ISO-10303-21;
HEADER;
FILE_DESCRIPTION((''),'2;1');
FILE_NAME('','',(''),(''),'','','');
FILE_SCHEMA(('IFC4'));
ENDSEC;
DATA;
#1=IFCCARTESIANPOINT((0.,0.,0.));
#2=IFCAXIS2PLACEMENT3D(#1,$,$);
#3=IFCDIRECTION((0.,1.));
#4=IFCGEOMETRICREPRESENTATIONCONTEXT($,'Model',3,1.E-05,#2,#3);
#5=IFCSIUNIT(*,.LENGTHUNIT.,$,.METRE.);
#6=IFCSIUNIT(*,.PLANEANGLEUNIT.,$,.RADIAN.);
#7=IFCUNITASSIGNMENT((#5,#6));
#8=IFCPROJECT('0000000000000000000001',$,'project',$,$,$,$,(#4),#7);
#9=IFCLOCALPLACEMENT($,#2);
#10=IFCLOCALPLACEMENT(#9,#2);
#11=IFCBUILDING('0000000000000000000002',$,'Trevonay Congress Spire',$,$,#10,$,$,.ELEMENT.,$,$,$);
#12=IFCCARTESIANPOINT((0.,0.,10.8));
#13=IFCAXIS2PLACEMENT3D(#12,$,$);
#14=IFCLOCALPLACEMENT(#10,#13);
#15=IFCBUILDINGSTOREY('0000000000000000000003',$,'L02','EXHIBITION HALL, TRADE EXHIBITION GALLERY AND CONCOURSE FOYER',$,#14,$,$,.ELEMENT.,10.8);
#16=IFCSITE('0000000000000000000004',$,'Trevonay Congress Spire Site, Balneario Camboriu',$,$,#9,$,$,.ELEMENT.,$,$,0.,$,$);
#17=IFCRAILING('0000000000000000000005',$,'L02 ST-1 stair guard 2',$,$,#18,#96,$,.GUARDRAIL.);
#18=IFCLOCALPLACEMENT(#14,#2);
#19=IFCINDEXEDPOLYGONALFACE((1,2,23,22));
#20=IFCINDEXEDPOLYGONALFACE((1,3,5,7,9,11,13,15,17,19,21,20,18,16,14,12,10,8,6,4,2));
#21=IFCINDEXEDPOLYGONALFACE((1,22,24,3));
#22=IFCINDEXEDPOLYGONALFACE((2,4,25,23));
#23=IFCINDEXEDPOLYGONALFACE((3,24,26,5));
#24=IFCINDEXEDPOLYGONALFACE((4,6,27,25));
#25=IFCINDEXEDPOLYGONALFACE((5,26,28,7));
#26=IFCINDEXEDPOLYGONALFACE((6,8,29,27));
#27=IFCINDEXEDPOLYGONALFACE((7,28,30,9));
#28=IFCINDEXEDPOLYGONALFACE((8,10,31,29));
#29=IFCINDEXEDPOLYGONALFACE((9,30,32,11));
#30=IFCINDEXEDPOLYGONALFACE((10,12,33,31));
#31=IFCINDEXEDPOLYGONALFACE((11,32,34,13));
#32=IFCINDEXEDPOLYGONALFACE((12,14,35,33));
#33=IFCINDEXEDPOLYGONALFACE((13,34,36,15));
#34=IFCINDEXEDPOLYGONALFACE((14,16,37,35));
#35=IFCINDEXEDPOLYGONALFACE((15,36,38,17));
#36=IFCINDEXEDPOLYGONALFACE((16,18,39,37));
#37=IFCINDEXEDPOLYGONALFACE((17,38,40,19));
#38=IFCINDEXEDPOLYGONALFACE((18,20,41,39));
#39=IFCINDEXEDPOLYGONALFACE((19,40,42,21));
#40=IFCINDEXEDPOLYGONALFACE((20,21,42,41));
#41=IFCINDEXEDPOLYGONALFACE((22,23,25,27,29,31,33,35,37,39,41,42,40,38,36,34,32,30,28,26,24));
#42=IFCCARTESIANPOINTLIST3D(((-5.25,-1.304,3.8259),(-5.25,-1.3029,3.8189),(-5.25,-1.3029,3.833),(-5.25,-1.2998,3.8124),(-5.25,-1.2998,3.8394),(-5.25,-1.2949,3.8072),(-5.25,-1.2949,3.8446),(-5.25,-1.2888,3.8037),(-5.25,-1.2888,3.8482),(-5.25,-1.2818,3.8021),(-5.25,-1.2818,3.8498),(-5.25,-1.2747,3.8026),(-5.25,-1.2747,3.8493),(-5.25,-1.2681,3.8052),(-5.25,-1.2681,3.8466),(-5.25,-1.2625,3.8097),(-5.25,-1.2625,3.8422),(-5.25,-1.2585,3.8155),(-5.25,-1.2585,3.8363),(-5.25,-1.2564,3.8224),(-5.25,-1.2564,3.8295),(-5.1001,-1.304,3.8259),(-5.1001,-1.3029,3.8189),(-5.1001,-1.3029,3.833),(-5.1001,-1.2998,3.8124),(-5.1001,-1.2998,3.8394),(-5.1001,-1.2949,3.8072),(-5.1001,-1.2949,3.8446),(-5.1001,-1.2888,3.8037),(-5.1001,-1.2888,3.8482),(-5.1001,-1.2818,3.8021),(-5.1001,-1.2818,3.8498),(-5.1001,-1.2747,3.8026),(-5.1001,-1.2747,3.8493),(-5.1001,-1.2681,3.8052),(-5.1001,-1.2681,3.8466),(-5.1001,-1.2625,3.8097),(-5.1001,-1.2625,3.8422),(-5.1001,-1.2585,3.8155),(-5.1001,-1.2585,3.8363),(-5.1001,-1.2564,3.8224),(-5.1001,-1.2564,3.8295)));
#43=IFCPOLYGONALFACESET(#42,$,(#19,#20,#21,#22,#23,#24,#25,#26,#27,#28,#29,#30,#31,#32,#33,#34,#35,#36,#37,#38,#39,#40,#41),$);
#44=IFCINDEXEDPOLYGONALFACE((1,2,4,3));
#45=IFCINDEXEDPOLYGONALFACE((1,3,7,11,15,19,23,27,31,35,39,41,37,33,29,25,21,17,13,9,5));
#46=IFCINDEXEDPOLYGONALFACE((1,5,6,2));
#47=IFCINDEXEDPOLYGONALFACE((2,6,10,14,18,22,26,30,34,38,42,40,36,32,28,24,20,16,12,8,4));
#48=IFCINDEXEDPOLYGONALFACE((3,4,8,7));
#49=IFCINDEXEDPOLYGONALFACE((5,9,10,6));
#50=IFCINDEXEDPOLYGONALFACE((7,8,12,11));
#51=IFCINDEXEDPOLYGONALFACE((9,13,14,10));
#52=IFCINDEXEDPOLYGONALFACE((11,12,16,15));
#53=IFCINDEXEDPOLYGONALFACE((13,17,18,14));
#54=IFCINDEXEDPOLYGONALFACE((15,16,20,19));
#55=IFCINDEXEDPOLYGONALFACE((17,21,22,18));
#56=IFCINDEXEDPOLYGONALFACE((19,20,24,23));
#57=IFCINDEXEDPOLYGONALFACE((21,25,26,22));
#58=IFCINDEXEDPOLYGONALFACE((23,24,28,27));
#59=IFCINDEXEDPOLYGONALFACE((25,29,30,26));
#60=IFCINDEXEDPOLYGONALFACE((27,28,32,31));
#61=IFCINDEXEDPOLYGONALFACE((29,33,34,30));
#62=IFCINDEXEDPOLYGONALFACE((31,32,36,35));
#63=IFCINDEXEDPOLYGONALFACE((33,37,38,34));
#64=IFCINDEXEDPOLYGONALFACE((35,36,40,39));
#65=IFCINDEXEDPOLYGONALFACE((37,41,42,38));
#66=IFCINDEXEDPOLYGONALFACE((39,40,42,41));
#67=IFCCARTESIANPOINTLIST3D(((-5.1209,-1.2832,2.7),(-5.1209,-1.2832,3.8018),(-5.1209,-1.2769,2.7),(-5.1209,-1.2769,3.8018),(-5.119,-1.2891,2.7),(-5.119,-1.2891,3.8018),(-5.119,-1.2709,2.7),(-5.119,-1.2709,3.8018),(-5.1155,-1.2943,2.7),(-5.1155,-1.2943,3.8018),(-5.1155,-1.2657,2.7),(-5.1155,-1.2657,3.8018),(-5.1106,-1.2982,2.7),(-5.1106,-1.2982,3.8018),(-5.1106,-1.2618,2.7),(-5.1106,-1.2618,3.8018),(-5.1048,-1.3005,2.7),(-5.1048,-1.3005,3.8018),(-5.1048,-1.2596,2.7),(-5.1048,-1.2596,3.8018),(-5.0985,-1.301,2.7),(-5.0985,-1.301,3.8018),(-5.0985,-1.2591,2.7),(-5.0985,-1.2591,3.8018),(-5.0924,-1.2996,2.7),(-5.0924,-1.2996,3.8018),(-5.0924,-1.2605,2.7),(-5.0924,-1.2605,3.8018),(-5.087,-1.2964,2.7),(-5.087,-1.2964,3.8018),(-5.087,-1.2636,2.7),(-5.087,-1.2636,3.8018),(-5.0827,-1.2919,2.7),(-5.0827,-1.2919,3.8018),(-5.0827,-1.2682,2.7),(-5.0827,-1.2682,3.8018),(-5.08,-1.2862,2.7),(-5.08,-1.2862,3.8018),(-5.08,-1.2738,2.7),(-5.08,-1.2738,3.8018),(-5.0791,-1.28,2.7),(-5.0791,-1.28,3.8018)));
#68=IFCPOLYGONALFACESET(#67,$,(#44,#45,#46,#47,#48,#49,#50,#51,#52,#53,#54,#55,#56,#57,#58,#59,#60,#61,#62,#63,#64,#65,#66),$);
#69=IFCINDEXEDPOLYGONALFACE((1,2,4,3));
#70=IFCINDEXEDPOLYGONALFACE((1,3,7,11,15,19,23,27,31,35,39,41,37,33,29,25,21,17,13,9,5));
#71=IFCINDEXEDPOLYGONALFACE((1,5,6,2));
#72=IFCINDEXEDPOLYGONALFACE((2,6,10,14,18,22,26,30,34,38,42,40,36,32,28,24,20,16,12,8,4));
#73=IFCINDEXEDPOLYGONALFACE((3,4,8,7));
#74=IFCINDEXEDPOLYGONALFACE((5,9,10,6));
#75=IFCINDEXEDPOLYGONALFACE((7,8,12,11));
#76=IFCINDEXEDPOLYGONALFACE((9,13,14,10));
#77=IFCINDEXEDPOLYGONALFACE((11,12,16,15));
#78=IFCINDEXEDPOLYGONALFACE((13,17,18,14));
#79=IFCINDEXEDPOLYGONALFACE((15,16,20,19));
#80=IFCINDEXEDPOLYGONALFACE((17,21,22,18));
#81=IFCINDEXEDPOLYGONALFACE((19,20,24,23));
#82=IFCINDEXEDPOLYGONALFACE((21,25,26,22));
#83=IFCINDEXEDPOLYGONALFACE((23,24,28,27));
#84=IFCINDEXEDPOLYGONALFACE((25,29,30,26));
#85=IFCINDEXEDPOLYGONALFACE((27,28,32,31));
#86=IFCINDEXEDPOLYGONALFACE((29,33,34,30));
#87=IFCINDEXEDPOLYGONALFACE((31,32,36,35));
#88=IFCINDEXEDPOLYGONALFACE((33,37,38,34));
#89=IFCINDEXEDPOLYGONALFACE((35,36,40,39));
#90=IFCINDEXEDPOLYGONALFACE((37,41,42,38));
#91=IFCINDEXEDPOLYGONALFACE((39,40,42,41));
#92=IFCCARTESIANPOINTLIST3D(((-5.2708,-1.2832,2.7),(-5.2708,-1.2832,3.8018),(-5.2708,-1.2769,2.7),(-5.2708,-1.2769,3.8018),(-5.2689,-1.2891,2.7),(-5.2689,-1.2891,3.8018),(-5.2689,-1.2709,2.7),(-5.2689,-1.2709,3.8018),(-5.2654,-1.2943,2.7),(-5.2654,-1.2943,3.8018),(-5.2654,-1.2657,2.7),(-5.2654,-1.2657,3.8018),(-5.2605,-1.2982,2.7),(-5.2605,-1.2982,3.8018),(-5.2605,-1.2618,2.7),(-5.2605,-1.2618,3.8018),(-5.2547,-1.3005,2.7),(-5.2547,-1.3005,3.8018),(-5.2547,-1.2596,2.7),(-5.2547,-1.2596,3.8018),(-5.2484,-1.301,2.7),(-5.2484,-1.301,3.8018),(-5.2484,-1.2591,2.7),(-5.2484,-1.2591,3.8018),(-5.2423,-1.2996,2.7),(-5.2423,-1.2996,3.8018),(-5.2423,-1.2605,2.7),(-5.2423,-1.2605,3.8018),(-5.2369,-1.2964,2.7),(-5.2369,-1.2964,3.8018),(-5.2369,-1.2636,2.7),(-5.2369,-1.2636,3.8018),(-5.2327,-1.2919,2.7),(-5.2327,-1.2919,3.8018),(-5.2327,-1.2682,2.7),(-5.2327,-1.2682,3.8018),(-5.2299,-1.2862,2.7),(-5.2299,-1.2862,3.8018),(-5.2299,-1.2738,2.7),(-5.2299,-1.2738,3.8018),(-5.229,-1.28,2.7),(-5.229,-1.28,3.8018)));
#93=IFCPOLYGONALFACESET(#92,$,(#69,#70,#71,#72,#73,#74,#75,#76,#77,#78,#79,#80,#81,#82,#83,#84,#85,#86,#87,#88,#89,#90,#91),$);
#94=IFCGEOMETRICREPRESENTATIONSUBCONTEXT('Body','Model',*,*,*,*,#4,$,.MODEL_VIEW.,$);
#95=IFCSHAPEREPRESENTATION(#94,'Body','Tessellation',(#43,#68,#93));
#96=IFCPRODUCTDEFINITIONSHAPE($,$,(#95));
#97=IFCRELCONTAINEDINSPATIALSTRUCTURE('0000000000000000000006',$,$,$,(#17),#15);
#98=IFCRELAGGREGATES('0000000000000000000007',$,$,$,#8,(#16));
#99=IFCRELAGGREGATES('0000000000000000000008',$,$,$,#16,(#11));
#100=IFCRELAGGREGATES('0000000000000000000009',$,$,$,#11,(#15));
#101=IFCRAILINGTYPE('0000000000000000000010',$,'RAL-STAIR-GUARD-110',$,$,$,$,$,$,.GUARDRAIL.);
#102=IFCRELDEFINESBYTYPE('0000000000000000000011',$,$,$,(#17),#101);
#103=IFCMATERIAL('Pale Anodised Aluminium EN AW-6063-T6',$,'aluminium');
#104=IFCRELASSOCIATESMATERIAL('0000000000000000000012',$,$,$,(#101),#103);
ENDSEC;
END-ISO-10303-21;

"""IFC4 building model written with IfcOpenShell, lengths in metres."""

from ifc_helpers import new_model, si_unit, direction, frame, origin, origin_2d, place, context, subcontext, project, spatial, circle, extrude, material, type_object, element, save


model = new_model("IFC4")

# Units and contexts
model_context = context("Model", 3, precision=1e-05, world=origin(), true_north=direction((0.0, 1.0)))
body_context = subcontext(model_context, "Body", "Model", "MODEL_VIEW")
ifc_project = project(units=[si_unit("LENGTHUNIT", "METRE"), si_unit("PLANEANGLEUNIT", "RADIAN")], contexts=[model_context])

# Site, building, storey
site_placement = place(None, origin())
site = spatial("IfcSite", under=ifc_project, at=site_placement, Name="Trevonay Congress Spire Site, Balneario Camboriu", CompositionType="ELEMENT", RefElevation=0.0)
building_placement = place(site_placement, origin())
building = spatial("IfcBuilding", under=site, at=building_placement, Name="Trevonay Congress Spire", CompositionType="ELEMENT")
storey_placement = place(building_placement, frame((0.0, 0.0, 10.8)))
storey = spatial("IfcBuildingStorey", under=building, at=storey_placement, Name="L02", Description="EXHIBITION HALL, TRADE EXHIBITION GALLERY AND CONCOURSE FOYER", CompositionType="ELEMENT", Elevation=10.8)

# Shared definitions
ifc_material_1 = material(Name="Pale Anodised Aluminium EN AW-6063-T6", Category="aluminium")

# Railing
railing_type_1 = type_object("IfcRailingType", Name="RAL-STAIR-GUARD-110", PredefinedType="GUARDRAIL", material=ifc_material_1)
railing_1_placement = place(storey_placement, frame((-5.1001, -1.28, 2.7)))
element("IfcRailing", 1, at=railing_1_placement, inside=storey, type_object=railing_type_1, Name="L02 ST-1 stair guard 2", PredefinedType="GUARDRAIL", context=body_context, shape_type="SweptSolid", body=[
    extrude(circle(Radius=0.0239, at=origin_2d()), frame((0.0, 0.0, 1.126), z_axis=(-1.0, 0.0, 0.0), x_axis=(0.0, -1.0, 0.0)), (0.0, 0.0, 1.0), 0.1499),
    extrude(circle(Radius=0.021, at=origin_2d()), origin(), (0.0, 0.0, 1.0), 1.1018),
    extrude(circle(Radius=0.021, at=origin_2d()), frame((-0.1499, 0.0, 0.0)), (0.0, 0.0, 1.0), 1.1018),
])

save(model, "model.ifc")
